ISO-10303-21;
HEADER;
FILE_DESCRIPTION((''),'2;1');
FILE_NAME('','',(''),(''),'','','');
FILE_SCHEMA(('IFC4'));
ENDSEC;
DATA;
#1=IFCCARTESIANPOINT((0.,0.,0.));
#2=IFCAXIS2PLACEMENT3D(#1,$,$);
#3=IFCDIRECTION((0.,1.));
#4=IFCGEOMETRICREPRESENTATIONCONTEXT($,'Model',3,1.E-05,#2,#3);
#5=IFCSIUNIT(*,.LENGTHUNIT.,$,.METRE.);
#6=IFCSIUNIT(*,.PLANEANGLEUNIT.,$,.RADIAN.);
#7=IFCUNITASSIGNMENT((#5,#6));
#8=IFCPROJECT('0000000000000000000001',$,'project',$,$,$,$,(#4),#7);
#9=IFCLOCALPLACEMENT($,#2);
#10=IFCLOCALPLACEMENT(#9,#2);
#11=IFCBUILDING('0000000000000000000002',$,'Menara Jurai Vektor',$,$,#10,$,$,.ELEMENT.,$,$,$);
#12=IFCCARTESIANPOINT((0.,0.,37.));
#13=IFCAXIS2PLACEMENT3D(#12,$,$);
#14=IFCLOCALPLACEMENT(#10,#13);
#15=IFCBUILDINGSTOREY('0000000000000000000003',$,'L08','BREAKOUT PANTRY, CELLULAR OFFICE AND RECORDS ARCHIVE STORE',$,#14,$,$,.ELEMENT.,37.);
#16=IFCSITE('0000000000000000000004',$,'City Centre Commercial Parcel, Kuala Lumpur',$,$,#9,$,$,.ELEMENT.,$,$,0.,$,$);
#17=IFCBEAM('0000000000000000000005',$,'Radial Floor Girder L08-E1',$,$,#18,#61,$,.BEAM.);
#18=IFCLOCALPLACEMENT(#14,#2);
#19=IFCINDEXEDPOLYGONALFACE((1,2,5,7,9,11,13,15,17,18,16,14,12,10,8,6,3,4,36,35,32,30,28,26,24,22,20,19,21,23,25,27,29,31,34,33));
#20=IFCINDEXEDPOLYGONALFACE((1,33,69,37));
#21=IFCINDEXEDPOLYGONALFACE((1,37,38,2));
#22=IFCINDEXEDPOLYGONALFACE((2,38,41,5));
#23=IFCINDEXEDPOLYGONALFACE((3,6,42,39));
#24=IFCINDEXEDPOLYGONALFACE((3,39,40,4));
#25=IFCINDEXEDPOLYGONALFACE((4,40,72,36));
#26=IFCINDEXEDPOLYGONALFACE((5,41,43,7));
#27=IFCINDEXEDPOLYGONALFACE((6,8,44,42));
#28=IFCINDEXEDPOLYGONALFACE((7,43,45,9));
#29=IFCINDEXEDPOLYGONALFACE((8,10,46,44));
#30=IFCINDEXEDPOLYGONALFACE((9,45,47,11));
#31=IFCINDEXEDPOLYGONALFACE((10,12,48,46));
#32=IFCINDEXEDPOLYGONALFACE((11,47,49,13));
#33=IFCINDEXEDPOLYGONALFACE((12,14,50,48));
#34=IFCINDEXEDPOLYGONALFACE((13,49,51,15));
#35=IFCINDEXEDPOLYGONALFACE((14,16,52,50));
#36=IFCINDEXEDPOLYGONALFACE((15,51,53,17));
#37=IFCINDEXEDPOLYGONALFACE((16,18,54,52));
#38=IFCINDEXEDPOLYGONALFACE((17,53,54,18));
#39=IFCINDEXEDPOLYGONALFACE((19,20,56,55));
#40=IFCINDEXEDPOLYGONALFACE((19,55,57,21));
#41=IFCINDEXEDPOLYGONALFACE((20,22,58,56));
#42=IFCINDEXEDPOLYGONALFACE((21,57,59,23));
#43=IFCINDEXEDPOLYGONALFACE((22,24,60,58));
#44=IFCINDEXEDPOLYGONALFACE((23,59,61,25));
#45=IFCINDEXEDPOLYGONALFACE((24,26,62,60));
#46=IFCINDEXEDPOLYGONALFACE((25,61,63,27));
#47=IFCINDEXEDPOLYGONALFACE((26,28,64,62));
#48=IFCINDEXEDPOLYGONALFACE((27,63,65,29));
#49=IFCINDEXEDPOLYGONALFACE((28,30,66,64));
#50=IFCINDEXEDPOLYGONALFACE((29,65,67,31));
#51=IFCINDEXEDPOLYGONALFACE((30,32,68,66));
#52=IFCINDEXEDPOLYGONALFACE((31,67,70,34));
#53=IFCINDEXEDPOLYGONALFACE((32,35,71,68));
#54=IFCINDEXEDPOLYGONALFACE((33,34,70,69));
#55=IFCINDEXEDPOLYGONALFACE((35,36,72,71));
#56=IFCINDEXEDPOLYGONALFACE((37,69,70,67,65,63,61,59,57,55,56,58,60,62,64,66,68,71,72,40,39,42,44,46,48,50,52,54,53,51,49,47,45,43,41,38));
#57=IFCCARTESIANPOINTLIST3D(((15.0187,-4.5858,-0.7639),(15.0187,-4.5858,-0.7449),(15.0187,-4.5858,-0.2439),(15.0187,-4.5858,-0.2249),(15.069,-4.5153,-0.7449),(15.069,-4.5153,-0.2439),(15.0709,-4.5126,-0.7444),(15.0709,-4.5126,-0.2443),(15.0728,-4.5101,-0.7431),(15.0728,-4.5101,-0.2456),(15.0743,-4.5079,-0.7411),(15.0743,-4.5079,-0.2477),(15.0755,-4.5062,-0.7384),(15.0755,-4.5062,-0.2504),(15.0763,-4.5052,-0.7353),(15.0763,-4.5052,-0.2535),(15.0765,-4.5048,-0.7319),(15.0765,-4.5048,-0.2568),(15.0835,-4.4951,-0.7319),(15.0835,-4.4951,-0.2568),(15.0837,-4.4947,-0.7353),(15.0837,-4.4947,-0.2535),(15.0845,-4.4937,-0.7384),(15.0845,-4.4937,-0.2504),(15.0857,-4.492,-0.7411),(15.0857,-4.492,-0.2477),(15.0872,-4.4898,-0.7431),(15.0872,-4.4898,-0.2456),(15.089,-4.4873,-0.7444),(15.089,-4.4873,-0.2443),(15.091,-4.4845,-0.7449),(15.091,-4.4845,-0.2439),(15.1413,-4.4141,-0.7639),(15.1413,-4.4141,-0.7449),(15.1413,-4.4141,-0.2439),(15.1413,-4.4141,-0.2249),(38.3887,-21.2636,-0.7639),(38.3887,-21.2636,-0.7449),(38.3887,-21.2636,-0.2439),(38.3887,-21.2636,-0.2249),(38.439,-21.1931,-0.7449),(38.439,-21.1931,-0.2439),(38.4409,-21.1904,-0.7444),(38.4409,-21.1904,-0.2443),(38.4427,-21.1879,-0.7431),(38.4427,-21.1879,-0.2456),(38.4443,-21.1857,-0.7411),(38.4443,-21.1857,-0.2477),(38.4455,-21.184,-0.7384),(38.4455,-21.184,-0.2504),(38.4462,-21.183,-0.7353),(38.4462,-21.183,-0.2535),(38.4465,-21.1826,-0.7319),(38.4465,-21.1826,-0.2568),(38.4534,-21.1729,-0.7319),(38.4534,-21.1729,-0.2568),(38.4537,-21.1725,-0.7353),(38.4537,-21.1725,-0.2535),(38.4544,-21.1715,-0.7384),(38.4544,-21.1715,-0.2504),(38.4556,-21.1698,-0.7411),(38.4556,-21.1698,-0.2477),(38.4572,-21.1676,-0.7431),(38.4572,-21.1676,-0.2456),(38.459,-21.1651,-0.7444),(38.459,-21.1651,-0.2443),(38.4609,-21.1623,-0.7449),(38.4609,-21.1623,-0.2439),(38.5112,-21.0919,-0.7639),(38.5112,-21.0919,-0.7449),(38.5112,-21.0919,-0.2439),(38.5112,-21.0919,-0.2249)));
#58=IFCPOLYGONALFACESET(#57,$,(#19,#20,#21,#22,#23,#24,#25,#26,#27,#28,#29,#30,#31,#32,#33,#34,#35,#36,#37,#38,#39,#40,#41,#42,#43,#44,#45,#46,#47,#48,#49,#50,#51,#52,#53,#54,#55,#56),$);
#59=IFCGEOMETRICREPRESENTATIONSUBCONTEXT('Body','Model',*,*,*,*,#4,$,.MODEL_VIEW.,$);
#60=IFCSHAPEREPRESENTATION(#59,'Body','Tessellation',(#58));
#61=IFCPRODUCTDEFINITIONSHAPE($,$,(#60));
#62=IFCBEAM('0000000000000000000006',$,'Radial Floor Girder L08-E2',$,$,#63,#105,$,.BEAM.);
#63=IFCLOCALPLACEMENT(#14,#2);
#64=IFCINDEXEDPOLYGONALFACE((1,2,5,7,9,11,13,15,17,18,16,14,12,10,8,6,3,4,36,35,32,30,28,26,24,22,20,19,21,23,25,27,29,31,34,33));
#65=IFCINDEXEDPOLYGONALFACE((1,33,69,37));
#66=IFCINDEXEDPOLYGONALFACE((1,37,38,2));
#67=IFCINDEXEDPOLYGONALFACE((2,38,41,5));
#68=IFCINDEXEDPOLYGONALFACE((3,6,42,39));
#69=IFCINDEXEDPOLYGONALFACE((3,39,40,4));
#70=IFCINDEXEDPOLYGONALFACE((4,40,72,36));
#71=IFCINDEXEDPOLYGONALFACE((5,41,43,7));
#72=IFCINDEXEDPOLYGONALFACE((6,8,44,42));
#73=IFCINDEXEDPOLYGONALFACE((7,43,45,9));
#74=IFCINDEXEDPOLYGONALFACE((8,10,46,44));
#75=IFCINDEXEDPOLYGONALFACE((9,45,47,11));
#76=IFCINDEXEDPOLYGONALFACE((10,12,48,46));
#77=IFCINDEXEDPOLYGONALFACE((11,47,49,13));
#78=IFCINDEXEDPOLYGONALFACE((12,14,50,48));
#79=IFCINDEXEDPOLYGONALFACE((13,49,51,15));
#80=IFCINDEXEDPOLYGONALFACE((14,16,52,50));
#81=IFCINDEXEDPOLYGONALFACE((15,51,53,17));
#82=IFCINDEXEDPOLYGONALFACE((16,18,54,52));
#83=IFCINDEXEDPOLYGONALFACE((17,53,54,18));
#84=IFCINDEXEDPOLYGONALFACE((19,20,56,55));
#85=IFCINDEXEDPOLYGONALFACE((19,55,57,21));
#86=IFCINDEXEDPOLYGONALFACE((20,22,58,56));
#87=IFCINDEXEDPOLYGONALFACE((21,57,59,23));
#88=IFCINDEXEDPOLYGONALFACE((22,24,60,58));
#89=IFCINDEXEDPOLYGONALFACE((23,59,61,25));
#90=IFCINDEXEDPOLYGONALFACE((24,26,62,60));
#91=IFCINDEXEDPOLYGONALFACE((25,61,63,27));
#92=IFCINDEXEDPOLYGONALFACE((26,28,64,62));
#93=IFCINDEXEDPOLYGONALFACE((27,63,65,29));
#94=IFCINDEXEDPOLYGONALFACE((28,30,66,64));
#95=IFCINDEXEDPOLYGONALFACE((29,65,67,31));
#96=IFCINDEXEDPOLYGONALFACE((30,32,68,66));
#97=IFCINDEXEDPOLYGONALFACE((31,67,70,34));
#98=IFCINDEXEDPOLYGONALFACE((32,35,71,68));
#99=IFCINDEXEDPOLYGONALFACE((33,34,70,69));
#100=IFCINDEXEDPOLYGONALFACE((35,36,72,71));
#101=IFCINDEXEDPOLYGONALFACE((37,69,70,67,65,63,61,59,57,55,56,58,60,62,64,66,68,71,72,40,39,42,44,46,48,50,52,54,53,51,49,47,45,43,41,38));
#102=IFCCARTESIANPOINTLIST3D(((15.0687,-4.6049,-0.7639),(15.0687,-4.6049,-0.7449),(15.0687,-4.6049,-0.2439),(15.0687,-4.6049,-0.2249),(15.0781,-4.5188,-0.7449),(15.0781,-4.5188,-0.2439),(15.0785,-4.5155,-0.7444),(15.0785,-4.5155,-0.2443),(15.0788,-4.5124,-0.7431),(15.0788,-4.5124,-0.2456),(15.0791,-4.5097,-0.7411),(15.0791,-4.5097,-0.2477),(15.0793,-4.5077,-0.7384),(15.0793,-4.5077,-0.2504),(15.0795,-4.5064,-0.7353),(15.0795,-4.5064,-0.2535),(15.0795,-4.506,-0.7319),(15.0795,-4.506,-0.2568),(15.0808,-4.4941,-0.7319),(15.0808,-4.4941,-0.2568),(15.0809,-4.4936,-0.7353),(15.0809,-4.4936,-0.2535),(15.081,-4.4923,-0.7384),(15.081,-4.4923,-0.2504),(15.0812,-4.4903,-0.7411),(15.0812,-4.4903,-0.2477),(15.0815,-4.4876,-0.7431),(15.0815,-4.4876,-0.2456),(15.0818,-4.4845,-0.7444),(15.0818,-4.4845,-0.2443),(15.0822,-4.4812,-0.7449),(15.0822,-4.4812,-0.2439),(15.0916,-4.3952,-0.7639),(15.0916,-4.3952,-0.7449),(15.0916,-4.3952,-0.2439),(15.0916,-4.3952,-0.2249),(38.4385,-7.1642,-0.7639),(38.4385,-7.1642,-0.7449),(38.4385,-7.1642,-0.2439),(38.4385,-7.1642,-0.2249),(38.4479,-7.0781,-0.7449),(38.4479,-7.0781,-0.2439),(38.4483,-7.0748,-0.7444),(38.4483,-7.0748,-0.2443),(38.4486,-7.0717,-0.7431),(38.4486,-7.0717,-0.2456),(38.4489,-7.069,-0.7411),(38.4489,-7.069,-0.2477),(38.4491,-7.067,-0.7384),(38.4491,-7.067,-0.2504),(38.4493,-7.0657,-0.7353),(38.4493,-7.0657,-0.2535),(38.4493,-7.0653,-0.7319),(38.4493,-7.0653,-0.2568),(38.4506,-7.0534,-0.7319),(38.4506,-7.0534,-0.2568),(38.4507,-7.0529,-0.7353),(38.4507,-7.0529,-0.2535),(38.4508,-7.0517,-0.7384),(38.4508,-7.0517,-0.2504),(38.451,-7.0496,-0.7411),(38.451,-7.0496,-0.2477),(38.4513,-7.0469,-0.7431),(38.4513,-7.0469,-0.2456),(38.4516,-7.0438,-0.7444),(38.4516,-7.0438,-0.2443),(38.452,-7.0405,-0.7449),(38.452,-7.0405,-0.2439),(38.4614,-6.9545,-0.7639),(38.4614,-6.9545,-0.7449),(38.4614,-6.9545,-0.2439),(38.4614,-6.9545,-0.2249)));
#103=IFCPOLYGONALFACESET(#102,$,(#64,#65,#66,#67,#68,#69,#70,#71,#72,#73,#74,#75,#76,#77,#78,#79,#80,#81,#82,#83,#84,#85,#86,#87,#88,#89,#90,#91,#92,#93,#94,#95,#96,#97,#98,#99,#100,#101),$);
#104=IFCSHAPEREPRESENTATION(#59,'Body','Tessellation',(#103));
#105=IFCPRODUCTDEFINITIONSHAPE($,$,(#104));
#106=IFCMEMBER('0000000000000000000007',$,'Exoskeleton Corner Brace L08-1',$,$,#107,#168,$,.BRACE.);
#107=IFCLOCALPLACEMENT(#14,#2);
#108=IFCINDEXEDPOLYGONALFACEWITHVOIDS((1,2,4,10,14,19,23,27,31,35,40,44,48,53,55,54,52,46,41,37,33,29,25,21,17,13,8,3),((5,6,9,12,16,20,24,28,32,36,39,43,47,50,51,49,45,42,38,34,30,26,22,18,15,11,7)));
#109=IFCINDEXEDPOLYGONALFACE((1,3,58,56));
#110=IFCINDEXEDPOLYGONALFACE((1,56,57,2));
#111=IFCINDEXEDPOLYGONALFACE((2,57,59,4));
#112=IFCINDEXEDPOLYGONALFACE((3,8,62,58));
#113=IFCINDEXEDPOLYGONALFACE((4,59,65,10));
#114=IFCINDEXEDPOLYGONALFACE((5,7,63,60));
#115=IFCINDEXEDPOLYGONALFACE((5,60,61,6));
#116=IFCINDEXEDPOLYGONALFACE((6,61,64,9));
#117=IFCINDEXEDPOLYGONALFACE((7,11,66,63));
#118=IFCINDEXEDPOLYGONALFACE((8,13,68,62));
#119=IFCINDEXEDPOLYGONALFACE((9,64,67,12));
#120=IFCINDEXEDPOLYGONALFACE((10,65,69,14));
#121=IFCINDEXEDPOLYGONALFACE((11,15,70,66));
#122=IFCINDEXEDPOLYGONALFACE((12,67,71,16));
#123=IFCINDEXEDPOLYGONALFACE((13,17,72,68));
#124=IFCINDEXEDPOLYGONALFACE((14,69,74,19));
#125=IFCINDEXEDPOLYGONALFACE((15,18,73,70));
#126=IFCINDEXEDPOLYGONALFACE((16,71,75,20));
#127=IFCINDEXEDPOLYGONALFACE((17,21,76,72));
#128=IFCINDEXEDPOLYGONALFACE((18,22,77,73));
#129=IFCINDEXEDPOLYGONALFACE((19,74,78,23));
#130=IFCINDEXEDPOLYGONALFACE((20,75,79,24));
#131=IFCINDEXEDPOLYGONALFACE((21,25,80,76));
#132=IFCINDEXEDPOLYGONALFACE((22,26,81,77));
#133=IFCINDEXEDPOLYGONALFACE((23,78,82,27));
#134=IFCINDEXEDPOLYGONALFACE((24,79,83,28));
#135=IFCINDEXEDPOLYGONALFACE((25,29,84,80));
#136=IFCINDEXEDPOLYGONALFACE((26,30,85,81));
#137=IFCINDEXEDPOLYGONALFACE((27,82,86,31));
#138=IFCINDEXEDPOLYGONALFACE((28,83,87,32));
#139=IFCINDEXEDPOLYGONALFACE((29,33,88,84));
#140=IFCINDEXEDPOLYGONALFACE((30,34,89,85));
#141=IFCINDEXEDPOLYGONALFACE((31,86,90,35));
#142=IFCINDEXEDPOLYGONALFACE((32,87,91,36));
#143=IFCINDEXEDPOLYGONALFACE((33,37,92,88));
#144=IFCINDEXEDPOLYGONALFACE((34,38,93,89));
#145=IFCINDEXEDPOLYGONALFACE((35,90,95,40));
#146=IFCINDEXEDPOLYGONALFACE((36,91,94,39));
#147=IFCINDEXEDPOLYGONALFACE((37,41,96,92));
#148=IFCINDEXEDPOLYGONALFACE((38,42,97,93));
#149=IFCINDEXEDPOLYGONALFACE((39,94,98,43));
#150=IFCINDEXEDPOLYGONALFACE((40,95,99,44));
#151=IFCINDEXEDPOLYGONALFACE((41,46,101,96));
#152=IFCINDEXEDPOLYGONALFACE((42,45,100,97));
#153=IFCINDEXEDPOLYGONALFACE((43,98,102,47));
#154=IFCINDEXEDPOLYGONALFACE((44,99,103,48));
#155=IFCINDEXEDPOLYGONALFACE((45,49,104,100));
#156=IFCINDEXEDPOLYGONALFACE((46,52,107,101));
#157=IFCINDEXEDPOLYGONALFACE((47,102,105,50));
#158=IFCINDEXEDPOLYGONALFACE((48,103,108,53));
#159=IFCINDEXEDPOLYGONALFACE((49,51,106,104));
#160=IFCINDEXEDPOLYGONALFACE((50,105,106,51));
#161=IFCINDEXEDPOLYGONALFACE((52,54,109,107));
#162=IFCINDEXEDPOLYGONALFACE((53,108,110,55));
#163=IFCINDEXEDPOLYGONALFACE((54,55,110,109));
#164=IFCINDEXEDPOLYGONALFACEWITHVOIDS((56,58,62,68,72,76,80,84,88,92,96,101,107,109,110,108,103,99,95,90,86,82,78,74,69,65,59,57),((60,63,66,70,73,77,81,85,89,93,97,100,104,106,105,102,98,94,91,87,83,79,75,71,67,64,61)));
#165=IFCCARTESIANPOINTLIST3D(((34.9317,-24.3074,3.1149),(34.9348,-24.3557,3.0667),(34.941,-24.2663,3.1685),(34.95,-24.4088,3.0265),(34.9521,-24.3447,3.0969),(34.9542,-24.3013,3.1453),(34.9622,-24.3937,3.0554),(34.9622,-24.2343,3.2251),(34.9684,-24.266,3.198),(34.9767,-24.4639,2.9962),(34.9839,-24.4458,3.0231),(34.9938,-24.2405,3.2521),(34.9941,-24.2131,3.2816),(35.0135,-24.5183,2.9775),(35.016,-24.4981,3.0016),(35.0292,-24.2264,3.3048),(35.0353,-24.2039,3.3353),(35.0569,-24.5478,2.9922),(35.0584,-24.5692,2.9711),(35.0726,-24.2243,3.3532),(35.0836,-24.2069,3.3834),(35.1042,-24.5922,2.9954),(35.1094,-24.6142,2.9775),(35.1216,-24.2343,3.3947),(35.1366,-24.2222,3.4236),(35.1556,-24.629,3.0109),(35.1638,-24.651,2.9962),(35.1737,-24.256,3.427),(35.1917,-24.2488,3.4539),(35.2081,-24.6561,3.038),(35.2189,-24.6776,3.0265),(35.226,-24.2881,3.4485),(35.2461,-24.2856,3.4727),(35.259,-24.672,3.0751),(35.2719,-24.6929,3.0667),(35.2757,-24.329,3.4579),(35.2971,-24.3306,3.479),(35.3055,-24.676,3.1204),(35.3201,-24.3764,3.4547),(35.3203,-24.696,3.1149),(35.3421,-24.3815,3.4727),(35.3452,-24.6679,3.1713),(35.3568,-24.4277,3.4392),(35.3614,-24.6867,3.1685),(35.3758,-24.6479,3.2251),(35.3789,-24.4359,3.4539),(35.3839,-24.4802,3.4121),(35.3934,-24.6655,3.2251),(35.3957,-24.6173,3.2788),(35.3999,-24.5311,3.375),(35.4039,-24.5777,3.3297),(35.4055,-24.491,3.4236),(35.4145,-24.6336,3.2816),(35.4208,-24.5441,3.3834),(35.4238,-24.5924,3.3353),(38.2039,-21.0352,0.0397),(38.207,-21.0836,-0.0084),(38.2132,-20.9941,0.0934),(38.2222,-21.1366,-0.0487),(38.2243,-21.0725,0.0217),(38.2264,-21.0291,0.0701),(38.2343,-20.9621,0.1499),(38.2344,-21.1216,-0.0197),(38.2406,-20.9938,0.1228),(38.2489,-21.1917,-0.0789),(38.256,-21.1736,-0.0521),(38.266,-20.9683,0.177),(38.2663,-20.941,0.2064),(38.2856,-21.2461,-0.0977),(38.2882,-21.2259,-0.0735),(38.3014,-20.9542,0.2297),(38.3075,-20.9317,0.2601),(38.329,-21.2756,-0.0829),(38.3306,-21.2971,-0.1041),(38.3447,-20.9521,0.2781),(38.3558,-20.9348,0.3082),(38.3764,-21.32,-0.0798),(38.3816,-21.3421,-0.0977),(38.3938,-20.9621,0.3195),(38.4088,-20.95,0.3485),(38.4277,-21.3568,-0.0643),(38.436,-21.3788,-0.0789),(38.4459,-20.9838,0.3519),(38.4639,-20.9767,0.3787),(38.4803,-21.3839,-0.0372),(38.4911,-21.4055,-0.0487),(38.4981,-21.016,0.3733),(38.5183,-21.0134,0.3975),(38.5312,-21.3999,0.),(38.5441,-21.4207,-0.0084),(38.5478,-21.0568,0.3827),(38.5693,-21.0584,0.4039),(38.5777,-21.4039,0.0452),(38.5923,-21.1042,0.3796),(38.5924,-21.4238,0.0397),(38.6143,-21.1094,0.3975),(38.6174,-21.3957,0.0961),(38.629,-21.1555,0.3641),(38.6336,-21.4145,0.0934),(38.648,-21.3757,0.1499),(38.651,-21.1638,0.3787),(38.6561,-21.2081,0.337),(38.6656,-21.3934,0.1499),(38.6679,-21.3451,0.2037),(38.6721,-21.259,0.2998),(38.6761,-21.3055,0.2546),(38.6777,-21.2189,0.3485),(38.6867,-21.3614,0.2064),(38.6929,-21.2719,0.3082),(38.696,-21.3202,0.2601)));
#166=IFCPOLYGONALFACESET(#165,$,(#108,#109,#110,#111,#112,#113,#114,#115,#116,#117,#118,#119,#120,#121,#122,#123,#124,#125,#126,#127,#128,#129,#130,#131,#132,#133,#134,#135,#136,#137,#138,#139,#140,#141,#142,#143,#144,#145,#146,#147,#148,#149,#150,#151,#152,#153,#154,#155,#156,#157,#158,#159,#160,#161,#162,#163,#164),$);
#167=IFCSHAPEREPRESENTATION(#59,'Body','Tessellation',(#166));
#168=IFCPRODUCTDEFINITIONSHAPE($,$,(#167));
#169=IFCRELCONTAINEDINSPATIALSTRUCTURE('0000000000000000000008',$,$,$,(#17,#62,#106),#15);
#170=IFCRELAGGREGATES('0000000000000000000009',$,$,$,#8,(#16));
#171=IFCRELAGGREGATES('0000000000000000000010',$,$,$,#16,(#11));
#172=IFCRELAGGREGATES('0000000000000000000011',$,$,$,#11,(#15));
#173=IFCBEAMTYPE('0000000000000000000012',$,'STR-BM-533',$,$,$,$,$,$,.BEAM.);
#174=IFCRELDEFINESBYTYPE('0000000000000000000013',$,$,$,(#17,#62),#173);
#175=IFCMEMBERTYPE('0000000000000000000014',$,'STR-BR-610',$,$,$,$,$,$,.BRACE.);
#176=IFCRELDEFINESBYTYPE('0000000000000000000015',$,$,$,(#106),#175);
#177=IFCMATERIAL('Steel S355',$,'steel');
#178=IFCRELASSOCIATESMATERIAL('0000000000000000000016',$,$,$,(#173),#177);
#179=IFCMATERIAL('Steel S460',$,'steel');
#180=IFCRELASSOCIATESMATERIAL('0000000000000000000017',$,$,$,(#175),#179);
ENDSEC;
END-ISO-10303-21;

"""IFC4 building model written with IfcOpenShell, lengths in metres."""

from ifc_helpers import new_model, si_unit, direction, frame, origin, origin_2d, place, context, subcontext, project, spatial, hollow_circle, i_section, extrude, material, material_profile, profile_set, type_object, element, save


model = new_model("IFC4")

# Units and contexts
model_context = context("Model", 3, precision=1e-05, world=origin(), true_north=direction((0.0, 1.0)))
body_context = subcontext(model_context, "Body", "Model", "MODEL_VIEW")
ifc_project = project(units=[si_unit("LENGTHUNIT", "METRE"), si_unit("PLANEANGLEUNIT", "RADIAN")], contexts=[model_context])

# Site, building, storey
site_placement = place(None, origin())
site = spatial("IfcSite", under=ifc_project, at=site_placement, Name="City Centre Commercial Parcel, Kuala Lumpur", CompositionType="ELEMENT", RefElevation=0.0)
building_placement = place(site_placement, origin())
building = spatial("IfcBuilding", under=site, at=building_placement, Name="Menara Jurai Vektor", CompositionType="ELEMENT")
storey_placement = place(building_placement, frame((0.0, 0.0, 37.0)))
storey = spatial("IfcBuildingStorey", under=building, at=storey_placement, Name="L08", Description="BREAKOUT PANTRY, CELLULAR OFFICE AND RECORDS ARCHIVE STORE", CompositionType="ELEMENT", Elevation=37.0)

# Shared definitions
ifc_material_1 = material(Name="Steel S460", Category="steel")

# Beams
ifc_material_2 = material(Name="Steel S355", Category="steel")
ifc_material_profile_1 = material_profile(ifc_material_2, i_section(OverallWidth=0.2109, OverallDepth=0.5391, WebThickness=0.012, FlangeThickness=0.019, FilletRadius=0.0129, at=origin_2d()), Name="UKB 533x210x109")
ifc_profile_set_1 = profile_set([ifc_material_profile_1], Name="Steel S355")
beam_type_1 = type_object("IfcBeamType", Name="STR-BM-533", PredefinedType="BEAM", material=ifc_profile_set_1)
beam_1_placement = place(storey_placement, frame((38.45, -21.1777, -0.4944), z_axis=(-0.813981, 0.580891, 0.0), x_axis=(-0.580891, -0.813981, 0.0)))
element("IfcBeam", 1, at=beam_1_placement, inside=storey, type_object=beam_type_1, Name="Radial Floor Girder L08-E1", PredefinedType="BEAM", context=body_context, shape_type="SweptSolid", body=[
    extrude(i_section(OverallWidth=0.2109, OverallDepth=0.5391, WebThickness=0.012, FlangeThickness=0.019, FilletRadius=0.0129, at=origin_2d()), origin(), (0.0, 0.0, 1.0), 28.7107),
])
beam_2_placement = place(storey_placement, frame((38.45, -7.0593, -0.4944), z_axis=(-0.994057, 0.108863, 0.0), x_axis=(-0.108863, -0.994057, 0.0)))
element("IfcBeam", 2, at=beam_2_placement, inside=storey, type_object=beam_type_1, Name="Radial Floor Girder L08-E2", PredefinedType="BEAM", context=body_context, shape_type="SweptSolid", body=[
    extrude(i_section(OverallWidth=0.2109, OverallDepth=0.5391, WebThickness=0.012, FlangeThickness=0.019, FilletRadius=0.0129, at=origin_2d()), origin(), (0.0, 0.0, 1.0), 23.5095),
])

# Member
ifc_material_profile_2 = material_profile(ifc_material_1, hollow_circle(Radius=0.3049, WallThickness=0.0249, at=origin_2d()), Name="CHS 610x25")
ifc_profile_set_2 = profile_set([ifc_material_profile_2], Name="Steel S460")
member_type_1 = type_object("IfcMemberType", Name="STR-BR-610", PredefinedType="BRACE", material=ifc_profile_set_2)
member_1_placement = place(storey_placement, frame((38.45, -21.1777, 0.1499), z_axis=(-0.588928, -0.588928, 0.553469), x_axis=(0.707107, -0.707107, 0.0)))
element("IfcMember", 3, at=member_1_placement, inside=storey, type_object=member_type_1, Name="Exoskeleton Corner Brace L08-1", PredefinedType="BRACE", context=body_context, shape_type="SweptSolid", body=[
    extrude(hollow_circle(Radius=0.3049, WallThickness=0.0249, at=origin_2d()), origin(), (0.0, 0.0, 1.0), 5.5562),
])

save(model, "model.ifc")
